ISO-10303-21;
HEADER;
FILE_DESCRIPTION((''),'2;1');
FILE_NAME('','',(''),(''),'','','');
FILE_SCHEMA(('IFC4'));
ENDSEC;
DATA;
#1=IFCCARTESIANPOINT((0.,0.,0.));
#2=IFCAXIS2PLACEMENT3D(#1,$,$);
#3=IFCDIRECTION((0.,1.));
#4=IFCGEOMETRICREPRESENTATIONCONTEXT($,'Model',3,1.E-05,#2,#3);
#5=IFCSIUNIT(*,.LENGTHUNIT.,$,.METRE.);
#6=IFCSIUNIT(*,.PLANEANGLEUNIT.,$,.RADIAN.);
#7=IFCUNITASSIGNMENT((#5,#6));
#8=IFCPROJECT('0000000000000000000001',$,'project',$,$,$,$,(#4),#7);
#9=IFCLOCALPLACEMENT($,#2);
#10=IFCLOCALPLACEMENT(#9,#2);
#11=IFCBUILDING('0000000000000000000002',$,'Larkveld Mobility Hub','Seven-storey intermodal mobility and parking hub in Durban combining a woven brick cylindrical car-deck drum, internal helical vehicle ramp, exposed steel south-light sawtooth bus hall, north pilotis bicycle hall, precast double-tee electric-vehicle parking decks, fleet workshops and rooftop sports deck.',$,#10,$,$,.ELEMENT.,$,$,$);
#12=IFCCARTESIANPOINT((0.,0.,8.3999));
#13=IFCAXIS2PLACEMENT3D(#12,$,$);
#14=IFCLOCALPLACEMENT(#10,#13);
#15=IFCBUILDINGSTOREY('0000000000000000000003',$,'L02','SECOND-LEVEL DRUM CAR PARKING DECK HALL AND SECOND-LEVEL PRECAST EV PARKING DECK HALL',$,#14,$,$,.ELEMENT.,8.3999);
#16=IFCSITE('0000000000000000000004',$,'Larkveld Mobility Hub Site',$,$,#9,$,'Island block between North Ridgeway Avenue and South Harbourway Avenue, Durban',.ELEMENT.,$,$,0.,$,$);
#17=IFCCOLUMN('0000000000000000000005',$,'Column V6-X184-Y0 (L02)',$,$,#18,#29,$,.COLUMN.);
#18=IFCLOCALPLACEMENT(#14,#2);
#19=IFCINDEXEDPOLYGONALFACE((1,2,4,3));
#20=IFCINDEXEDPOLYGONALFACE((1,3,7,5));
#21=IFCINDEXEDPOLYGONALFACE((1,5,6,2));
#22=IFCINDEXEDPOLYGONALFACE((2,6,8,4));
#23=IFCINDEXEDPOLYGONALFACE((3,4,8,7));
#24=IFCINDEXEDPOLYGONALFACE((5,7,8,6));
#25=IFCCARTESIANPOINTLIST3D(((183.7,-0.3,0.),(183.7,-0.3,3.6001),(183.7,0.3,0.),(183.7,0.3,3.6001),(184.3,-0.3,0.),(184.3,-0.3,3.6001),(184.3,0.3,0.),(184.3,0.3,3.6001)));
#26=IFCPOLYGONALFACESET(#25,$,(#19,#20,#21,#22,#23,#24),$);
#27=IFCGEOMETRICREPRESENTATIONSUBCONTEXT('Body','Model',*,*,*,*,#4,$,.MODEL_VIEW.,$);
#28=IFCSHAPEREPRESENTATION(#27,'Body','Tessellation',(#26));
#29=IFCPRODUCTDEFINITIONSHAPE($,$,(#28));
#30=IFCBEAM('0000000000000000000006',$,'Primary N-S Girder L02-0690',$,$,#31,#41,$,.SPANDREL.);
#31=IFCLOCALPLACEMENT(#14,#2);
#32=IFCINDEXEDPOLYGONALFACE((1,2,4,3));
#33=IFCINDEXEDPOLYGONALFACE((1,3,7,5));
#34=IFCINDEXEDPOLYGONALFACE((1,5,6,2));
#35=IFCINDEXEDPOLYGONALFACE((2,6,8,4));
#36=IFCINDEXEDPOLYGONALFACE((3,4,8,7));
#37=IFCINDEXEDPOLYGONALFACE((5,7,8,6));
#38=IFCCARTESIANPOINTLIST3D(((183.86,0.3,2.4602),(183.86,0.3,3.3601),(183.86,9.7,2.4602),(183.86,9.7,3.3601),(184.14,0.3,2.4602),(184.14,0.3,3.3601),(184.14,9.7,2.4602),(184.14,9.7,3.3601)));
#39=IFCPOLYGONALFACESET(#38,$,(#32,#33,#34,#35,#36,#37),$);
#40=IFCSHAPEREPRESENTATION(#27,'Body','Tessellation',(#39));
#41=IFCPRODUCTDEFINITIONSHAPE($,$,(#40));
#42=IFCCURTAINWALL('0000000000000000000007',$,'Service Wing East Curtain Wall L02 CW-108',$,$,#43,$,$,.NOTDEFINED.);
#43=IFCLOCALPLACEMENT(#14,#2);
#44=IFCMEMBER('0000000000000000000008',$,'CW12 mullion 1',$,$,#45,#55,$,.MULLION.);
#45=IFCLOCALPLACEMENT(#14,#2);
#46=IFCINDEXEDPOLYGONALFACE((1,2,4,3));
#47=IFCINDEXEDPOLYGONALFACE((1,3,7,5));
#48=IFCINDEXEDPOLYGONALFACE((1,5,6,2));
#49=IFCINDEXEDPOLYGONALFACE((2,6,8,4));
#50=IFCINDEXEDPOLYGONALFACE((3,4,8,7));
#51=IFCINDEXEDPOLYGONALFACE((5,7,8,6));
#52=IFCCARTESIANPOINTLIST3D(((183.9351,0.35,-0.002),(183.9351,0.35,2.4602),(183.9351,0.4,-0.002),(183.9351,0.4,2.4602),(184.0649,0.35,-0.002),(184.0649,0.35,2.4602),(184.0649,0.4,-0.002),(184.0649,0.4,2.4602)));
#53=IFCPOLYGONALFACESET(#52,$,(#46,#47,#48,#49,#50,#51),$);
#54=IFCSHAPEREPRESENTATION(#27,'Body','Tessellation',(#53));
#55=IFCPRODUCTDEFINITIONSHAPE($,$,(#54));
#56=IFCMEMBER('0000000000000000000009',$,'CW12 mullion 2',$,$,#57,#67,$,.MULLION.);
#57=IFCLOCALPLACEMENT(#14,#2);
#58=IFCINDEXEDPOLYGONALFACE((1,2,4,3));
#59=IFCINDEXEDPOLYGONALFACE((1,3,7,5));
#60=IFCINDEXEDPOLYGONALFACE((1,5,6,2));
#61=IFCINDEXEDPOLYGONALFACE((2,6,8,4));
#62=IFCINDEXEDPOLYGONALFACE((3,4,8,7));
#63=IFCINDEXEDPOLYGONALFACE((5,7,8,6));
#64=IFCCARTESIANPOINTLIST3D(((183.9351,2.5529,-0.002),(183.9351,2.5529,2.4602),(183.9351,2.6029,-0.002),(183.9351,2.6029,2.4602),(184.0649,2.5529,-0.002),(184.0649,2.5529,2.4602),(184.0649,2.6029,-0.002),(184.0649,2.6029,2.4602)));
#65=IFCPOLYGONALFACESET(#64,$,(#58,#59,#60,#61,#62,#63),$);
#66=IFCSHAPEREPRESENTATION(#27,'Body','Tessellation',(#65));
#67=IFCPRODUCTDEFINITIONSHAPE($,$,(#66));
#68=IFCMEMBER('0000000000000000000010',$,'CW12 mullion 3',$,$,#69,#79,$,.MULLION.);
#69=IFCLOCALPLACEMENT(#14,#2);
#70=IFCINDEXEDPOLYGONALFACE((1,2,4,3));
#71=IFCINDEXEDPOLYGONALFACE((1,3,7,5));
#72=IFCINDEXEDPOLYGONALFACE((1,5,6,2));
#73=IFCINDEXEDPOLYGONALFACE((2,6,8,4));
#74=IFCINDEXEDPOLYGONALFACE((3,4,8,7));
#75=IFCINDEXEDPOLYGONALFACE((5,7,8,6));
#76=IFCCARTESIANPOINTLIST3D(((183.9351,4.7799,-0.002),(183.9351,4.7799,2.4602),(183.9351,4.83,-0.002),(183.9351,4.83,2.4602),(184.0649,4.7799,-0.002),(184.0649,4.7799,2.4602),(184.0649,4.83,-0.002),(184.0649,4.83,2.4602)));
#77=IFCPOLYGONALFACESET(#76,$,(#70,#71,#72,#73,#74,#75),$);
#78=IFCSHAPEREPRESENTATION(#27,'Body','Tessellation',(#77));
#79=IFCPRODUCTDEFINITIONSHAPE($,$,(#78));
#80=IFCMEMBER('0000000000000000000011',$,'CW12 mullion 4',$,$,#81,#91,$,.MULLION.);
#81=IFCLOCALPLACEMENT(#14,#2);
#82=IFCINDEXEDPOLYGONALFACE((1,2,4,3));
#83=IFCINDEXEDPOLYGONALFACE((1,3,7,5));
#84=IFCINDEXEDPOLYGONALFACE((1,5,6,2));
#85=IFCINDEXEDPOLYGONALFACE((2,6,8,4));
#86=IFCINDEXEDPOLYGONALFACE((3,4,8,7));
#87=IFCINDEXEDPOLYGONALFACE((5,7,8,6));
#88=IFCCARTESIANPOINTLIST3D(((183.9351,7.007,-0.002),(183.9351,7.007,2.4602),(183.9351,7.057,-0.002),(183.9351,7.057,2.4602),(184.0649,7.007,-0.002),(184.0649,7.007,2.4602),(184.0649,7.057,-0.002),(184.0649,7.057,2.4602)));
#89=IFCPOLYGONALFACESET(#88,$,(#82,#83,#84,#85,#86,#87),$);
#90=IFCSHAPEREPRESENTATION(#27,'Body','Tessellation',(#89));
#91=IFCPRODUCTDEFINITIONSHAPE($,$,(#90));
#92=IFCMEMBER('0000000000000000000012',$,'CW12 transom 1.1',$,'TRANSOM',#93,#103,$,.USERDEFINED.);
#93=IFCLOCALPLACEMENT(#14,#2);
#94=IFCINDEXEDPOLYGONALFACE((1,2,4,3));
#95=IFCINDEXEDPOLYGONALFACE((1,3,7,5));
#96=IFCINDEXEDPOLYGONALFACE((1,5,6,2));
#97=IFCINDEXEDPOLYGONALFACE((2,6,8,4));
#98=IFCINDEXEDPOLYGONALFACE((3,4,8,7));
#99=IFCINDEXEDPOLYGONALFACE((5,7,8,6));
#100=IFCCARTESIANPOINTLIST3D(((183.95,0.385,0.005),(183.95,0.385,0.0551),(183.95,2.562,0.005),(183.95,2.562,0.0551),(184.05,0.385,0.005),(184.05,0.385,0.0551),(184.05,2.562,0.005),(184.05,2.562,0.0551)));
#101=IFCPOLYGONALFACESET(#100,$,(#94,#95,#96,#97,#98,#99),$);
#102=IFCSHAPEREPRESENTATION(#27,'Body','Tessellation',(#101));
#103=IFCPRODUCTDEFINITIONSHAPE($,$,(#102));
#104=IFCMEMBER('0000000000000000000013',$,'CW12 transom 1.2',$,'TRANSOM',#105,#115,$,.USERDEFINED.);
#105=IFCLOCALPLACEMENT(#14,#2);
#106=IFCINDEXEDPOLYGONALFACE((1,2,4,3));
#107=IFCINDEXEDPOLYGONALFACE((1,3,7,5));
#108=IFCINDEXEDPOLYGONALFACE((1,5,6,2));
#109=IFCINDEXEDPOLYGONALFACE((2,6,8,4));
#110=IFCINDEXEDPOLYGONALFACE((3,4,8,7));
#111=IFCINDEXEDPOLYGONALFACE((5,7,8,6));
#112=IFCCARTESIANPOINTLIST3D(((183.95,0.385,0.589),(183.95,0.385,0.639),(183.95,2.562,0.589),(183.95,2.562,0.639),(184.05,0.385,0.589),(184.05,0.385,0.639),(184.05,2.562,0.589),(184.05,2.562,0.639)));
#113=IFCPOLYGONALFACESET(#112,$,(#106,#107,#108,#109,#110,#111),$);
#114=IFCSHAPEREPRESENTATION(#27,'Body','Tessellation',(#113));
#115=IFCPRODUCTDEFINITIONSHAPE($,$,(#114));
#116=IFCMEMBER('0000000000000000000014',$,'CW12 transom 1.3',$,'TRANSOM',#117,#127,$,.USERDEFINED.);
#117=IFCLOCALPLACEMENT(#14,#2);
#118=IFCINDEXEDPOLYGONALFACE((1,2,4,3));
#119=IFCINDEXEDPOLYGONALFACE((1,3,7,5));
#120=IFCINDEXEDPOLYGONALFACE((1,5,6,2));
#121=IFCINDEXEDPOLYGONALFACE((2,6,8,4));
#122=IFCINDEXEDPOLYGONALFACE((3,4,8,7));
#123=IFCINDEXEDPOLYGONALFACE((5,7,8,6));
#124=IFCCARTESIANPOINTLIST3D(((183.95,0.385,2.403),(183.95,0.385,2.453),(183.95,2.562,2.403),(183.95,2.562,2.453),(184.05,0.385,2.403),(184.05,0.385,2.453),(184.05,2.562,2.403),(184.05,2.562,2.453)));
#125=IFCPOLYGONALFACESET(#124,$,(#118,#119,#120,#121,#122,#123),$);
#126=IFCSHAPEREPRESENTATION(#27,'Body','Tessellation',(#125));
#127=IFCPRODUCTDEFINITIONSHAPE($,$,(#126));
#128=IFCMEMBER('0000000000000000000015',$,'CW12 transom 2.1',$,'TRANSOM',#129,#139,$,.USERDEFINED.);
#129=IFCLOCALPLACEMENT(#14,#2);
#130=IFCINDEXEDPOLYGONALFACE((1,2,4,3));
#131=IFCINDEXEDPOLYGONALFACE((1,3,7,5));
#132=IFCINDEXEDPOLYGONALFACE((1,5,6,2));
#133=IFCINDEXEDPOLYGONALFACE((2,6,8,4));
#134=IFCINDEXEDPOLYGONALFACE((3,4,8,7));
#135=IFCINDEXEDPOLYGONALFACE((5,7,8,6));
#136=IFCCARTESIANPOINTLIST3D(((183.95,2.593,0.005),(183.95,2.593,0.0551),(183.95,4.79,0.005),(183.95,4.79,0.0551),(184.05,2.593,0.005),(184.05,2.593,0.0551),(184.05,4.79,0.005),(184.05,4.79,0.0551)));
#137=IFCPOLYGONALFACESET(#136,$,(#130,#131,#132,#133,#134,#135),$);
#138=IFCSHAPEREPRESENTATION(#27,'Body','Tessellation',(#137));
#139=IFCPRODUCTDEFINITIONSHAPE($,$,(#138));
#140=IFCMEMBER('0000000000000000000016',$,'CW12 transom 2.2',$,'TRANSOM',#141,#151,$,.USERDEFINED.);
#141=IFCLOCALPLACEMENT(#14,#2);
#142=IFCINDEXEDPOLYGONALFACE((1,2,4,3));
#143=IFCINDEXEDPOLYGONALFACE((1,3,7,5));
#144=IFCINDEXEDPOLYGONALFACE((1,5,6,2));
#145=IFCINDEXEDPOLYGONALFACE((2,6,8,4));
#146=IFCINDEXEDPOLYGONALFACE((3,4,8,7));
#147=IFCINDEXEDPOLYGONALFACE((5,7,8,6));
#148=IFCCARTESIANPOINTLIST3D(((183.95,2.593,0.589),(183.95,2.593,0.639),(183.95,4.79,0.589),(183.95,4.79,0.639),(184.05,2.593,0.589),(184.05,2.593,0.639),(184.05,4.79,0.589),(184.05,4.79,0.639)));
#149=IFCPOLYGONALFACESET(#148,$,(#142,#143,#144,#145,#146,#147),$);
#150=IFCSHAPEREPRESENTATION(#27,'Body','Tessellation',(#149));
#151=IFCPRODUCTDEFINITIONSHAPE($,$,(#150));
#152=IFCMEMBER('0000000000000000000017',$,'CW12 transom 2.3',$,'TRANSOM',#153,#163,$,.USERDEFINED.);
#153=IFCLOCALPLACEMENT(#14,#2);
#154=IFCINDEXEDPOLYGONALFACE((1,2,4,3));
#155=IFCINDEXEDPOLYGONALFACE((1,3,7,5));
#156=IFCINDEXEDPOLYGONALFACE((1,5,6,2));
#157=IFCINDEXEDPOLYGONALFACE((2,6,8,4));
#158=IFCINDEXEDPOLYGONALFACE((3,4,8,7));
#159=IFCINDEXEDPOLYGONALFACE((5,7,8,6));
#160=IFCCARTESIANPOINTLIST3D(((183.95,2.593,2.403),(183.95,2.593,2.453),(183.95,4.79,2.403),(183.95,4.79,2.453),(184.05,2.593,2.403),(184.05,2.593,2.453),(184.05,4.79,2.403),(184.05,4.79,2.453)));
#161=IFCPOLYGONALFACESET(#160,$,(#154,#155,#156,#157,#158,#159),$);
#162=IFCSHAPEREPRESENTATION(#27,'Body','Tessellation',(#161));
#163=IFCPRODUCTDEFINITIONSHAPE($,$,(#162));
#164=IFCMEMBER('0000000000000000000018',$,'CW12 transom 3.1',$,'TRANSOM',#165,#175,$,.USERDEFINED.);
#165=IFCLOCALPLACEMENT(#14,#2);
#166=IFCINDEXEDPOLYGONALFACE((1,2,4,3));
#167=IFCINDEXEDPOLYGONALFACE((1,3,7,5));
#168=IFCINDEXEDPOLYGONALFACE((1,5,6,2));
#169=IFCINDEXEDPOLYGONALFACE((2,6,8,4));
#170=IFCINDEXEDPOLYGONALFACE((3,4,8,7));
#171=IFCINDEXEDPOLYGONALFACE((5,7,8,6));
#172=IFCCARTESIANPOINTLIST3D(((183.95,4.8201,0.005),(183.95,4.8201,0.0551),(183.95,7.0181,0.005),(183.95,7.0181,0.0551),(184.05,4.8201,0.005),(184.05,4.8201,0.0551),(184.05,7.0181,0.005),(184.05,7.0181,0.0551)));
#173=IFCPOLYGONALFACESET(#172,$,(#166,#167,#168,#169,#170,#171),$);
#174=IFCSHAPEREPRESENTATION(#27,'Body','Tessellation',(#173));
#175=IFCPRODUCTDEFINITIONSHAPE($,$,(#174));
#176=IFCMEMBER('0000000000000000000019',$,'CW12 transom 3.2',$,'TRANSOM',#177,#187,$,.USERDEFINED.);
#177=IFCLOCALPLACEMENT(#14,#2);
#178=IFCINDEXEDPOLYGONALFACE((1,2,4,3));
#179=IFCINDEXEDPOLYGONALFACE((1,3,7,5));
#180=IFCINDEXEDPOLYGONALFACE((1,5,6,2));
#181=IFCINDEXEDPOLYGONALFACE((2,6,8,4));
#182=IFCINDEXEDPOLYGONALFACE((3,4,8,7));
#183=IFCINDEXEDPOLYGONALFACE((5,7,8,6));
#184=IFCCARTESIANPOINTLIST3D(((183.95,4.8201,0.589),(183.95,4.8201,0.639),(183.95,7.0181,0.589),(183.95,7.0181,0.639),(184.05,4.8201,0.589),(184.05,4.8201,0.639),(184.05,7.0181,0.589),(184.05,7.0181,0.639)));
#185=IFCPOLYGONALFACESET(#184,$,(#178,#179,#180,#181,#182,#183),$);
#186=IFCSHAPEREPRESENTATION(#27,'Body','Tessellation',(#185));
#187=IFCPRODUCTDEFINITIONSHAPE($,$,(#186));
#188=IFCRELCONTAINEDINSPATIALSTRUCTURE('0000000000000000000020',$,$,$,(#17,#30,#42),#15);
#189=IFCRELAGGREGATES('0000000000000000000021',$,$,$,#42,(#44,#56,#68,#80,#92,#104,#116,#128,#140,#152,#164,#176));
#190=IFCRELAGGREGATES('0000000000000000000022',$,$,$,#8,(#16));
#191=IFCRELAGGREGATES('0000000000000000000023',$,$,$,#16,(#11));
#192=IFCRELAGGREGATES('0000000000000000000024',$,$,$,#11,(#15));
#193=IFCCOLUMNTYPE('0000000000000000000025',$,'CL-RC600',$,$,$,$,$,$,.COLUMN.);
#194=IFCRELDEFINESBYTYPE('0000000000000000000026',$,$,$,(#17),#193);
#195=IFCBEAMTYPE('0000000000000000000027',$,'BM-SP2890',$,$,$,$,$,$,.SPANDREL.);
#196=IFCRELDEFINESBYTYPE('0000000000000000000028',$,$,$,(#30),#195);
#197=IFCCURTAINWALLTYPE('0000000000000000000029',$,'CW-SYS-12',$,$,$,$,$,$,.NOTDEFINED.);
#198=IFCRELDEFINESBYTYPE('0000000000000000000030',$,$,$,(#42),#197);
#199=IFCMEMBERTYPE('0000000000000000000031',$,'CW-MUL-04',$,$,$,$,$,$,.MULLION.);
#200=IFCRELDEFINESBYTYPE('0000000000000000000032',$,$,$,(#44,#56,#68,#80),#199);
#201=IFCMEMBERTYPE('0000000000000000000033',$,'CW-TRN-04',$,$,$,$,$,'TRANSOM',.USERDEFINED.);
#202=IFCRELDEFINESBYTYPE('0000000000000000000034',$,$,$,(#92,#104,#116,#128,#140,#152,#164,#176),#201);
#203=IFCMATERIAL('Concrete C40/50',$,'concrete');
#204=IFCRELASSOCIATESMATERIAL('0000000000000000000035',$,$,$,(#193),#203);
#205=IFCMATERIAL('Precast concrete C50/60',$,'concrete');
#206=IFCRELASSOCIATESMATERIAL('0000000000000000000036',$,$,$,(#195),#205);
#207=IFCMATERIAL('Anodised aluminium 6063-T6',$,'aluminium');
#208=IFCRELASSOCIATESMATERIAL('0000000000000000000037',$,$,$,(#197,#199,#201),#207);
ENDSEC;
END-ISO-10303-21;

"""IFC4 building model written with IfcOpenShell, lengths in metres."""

from ifc_helpers import new_model, si_unit, direction, frame, origin, origin_2d, place, context, subcontext, project, spatial, rectangle, extrude, material, material_profile, profile_set, type_object, element, aggregate, save


model = new_model("IFC4")

# Units and contexts
model_context = context("Model", 3, precision=1e-05, world=origin(), true_north=direction((0.0, 1.0)))
body_context = subcontext(model_context, "Body", "Model", "MODEL_VIEW")
ifc_project = project(units=[si_unit("LENGTHUNIT", "METRE"), si_unit("PLANEANGLEUNIT", "RADIAN")], contexts=[model_context])

# Site, building, storey
site_placement = place(None, origin())
site = spatial("IfcSite", under=ifc_project, at=site_placement, Name="Larkveld Mobility Hub Site", LongName="Island block between North Ridgeway Avenue and South Harbourway Avenue, Durban", CompositionType="ELEMENT", RefElevation=0.0)
building_placement = place(site_placement, origin())
building = spatial("IfcBuilding", under=site, at=building_placement, Name="Larkveld Mobility Hub", Description="Seven-storey intermodal mobility and parking hub in Durban combining a woven brick cylindrical car-deck drum, internal helical vehicle ramp, exposed steel south-light sawtooth bus hall, north pilotis bicycle hall, precast double-tee electric-vehicle parking decks, fleet workshops and rooftop sports deck.", CompositionType="ELEMENT")
storey_placement = place(building_placement, frame((0.0, 0.0, 8.3999)))
storey = spatial("IfcBuildingStorey", under=building, at=storey_placement, Name="L02", Description="SECOND-LEVEL DRUM CAR PARKING DECK HALL AND SECOND-LEVEL PRECAST EV PARKING DECK HALL", CompositionType="ELEMENT", Elevation=8.3999)

# Column
ifc_material_1 = material(Name="Concrete C40/50", Category="concrete")
ifc_material_profile_1 = material_profile(ifc_material_1, rectangle(XDim=0.6001, YDim=0.6001, at=origin_2d()), Name="RC COL 600x600")
ifc_profile_set_1 = profile_set([ifc_material_profile_1], Name="Concrete C40/50")
column_type = type_object("IfcColumnType", Name="CL-RC600", PredefinedType="COLUMN", material=ifc_profile_set_1)
column_placement = place(storey_placement, frame((184.0, 0.0, 0.0), z_axis=(0.0, 0.0, 1.0), x_axis=(1.0, 0.0, 0.0)))
element("IfcColumn", 1, at=column_placement, inside=storey, type_object=column_type, Name="Column V6-X184-Y0 (L02)", PredefinedType="COLUMN", context=body_context, shape_type="SweptSolid", body=[
    extrude(rectangle(XDim=0.6001, YDim=0.6001, at=origin_2d()), origin(), (0.0, 0.0, 1.0), 3.6001),
])

# Beam
ifc_material_2 = material(Name="Precast concrete C50/60", Category="concrete")
ifc_material_profile_2 = material_profile(ifc_material_2, rectangle(XDim=0.28, YDim=0.8999, at=origin_2d()), Name="PC SP 280x900")
ifc_profile_set_2 = profile_set([ifc_material_profile_2], Name="Precast concrete C50/60")
beam_type = type_object("IfcBeamType", Name="BM-SP2890", PredefinedType="SPANDREL", material=ifc_profile_set_2)
beam_placement = place(storey_placement, frame((184.0, 0.3, 2.9102), z_axis=(0.0, 1.0, 0.0), x_axis=(-1.0, 0.0, 0.0)))
element("IfcBeam", 2, at=beam_placement, inside=storey, type_object=beam_type, Name="Primary N-S Girder L02-0690", PredefinedType="SPANDREL", context=body_context, shape_type="SweptSolid", body=[
    extrude(rectangle(XDim=0.28, YDim=0.8999, at=origin_2d()), origin(), (0.0, 0.0, 1.0), 9.3999),
])

# Curtain wall, members
ifc_material_3 = material(Name="Anodised aluminium 6063-T6", Category="aluminium")
curtain_wall_type = type_object("IfcCurtainWallType", Name="CW-SYS-12", PredefinedType="NOTDEFINED", material=ifc_material_3)
curtain_wall_placement = place(storey_placement, origin())
curtain_wall = element("IfcCurtainWall", 3, at=curtain_wall_placement, inside=storey, type_object=curtain_wall_type, Name="Service Wing East Curtain Wall L02 CW-108", PredefinedType="NOTDEFINED")
ifc_material_profile_3 = material_profile(ifc_material_3, rectangle(XDim=0.05, YDim=0.1299, at=origin_2d()), Name="ALU MULL 50x130")
ifc_profile_set_3 = profile_set([ifc_material_profile_3], Name="Anodised aluminium 6063-T6")
member_type_1 = type_object("IfcMemberType", Name="CW-MUL-04", PredefinedType="MULLION", material=ifc_profile_set_3)
member_1_placement = place(storey_placement, frame((184.0, 0.375, -0.002), z_axis=(0.0, 0.0, 1.0), x_axis=(0.0, 1.0, 0.0)))
member_1 = element("IfcMember", 4, at=member_1_placement, type_object=member_type_1, Name="CW12 mullion 1", PredefinedType="MULLION", context=body_context, shape_type="SweptSolid", body=[
    extrude(rectangle(XDim=0.05, YDim=0.1299, at=origin_2d()), origin(), (0.0, 0.0, 1.0), 2.4622),
])
member_2_placement = place(storey_placement, frame((184.0, 2.5779, -0.002), z_axis=(0.0, 0.0, 1.0), x_axis=(0.0, 1.0, 0.0)))
member_2 = element("IfcMember", 5, at=member_2_placement, type_object=member_type_1, Name="CW12 mullion 2", PredefinedType="MULLION", context=body_context, shape_type="SweptSolid", body=[
    extrude(rectangle(XDim=0.05, YDim=0.1299, at=origin_2d()), origin(), (0.0, 0.0, 1.0), 2.4622),
])
member_3_placement = place(storey_placement, frame((184.0, 4.8049, -0.002), z_axis=(0.0, 0.0, 1.0), x_axis=(0.0, 1.0, 0.0)))
member_3 = element("IfcMember", 6, at=member_3_placement, type_object=member_type_1, Name="CW12 mullion 3", PredefinedType="MULLION", context=body_context, shape_type="SweptSolid", body=[
    extrude(rectangle(XDim=0.05, YDim=0.1299, at=origin_2d()), origin(), (0.0, 0.0, 1.0), 2.4622),
])
member_4_placement = place(storey_placement, frame((184.0, 7.032, -0.002), z_axis=(0.0, 0.0, 1.0), x_axis=(0.0, 1.0, 0.0)))
member_4 = element("IfcMember", 7, at=member_4_placement, type_object=member_type_1, Name="CW12 mullion 4", PredefinedType="MULLION", context=body_context, shape_type="SweptSolid", body=[
    extrude(rectangle(XDim=0.05, YDim=0.1299, at=origin_2d()), origin(), (0.0, 0.0, 1.0), 2.4622),
])
ifc_material_profile_4 = material_profile(ifc_material_3, rectangle(XDim=0.1001, YDim=0.05, at=origin_2d()), Name="ALU TRAN 50x100")
ifc_profile_set_4 = profile_set([ifc_material_profile_4], Name="Anodised aluminium 6063-T6")
member_type_2 = type_object("IfcMemberType", Name="CW-TRN-04", ElementType="TRANSOM", PredefinedType="USERDEFINED", material=ifc_profile_set_4)
member_5_placement = place(storey_placement, frame((184.0, 0.385, 0.03), z_axis=(0.0, 1.0, 0.0), x_axis=(-1.0, 0.0, 0.0)))
member_5 = element("IfcMember", 8, at=member_5_placement, type_object=member_type_2, Name="CW12 transom 1.1", ObjectType="TRANSOM", PredefinedType="USERDEFINED", context=body_context, shape_type="SweptSolid", body=[
    extrude(rectangle(XDim=0.1001, YDim=0.05, at=origin_2d()), origin(), (0.0, 0.0, 1.0), 2.177),
])
member_6_placement = place(storey_placement, frame((184.0, 0.385, 0.614), z_axis=(0.0, 1.0, 0.0), x_axis=(-1.0, 0.0, 0.0)))
member_6 = element("IfcMember", 9, at=member_6_placement, type_object=member_type_2, Name="CW12 transom 1.2", ObjectType="TRANSOM", PredefinedType="USERDEFINED", context=body_context, shape_type="SweptSolid", body=[
    extrude(rectangle(XDim=0.1001, YDim=0.05, at=origin_2d()), origin(), (0.0, 0.0, 1.0), 2.177),
])
member_7_placement = place(storey_placement, frame((184.0, 0.385, 2.428), z_axis=(0.0, 1.0, 0.0), x_axis=(-1.0, 0.0, 0.0)))
member_7 = element("IfcMember", 10, at=member_7_placement, type_object=member_type_2, Name="CW12 transom 1.3", ObjectType="TRANSOM", PredefinedType="USERDEFINED", context=body_context, shape_type="SweptSolid", body=[
    extrude(rectangle(XDim=0.1001, YDim=0.05, at=origin_2d()), origin(), (0.0, 0.0, 1.0), 2.177),
])
member_8_placement = place(storey_placement, frame((184.0, 2.593, 0.03), z_axis=(0.0, 1.0, 0.0), x_axis=(-1.0, 0.0, 0.0)))
member_8 = element("IfcMember", 11, at=member_8_placement, type_object=member_type_2, Name="CW12 transom 2.1", ObjectType="TRANSOM", PredefinedType="USERDEFINED", context=body_context, shape_type="SweptSolid", body=[
    extrude(rectangle(XDim=0.1001, YDim=0.05, at=origin_2d()), origin(), (0.0, 0.0, 1.0), 2.197),
])
member_9_placement = place(storey_placement, frame((184.0, 2.593, 0.614), z_axis=(0.0, 1.0, 0.0), x_axis=(-1.0, 0.0, 0.0)))
member_9 = element("IfcMember", 12, at=member_9_placement, type_object=member_type_2, Name="CW12 transom 2.2", ObjectType="TRANSOM", PredefinedType="USERDEFINED", context=body_context, shape_type="SweptSolid", body=[
    extrude(rectangle(XDim=0.1001, YDim=0.05, at=origin_2d()), origin(), (0.0, 0.0, 1.0), 2.197),
])
member_10_placement = place(storey_placement, frame((184.0, 2.593, 2.428), z_axis=(0.0, 1.0, 0.0), x_axis=(-1.0, 0.0, 0.0)))
member_10 = element("IfcMember", 13, at=member_10_placement, type_object=member_type_2, Name="CW12 transom 2.3", ObjectType="TRANSOM", PredefinedType="USERDEFINED", context=body_context, shape_type="SweptSolid", body=[
    extrude(rectangle(XDim=0.1001, YDim=0.05, at=origin_2d()), origin(), (0.0, 0.0, 1.0), 2.197),
])
member_11_placement = place(storey_placement, frame((184.0, 4.8201, 0.03), z_axis=(0.0, 1.0, 0.0), x_axis=(-1.0, 0.0, 0.0)))
member_11 = element("IfcMember", 14, at=member_11_placement, type_object=member_type_2, Name="CW12 transom 3.1", ObjectType="TRANSOM", PredefinedType="USERDEFINED", context=body_context, shape_type="SweptSolid", body=[
    extrude(rectangle(XDim=0.1001, YDim=0.05, at=origin_2d()), origin(), (0.0, 0.0, 1.0), 2.198),
])
member_12_placement = place(storey_placement, frame((184.0, 4.8201, 0.614), z_axis=(0.0, 1.0, 0.0), x_axis=(-1.0, 0.0, 0.0)))
member_12 = element("IfcMember", 15, at=member_12_placement, type_object=member_type_2, Name="CW12 transom 3.2", ObjectType="TRANSOM", PredefinedType="USERDEFINED", context=body_context, shape_type="SweptSolid", body=[
    extrude(rectangle(XDim=0.1001, YDim=0.05, at=origin_2d()), origin(), (0.0, 0.0, 1.0), 2.198),
])
aggregate(curtain_wall, [member_1, member_2, member_3, member_4, member_5, member_6, member_7, member_8, member_9, member_10, member_11, member_12])

save(model, "model.ifc")
